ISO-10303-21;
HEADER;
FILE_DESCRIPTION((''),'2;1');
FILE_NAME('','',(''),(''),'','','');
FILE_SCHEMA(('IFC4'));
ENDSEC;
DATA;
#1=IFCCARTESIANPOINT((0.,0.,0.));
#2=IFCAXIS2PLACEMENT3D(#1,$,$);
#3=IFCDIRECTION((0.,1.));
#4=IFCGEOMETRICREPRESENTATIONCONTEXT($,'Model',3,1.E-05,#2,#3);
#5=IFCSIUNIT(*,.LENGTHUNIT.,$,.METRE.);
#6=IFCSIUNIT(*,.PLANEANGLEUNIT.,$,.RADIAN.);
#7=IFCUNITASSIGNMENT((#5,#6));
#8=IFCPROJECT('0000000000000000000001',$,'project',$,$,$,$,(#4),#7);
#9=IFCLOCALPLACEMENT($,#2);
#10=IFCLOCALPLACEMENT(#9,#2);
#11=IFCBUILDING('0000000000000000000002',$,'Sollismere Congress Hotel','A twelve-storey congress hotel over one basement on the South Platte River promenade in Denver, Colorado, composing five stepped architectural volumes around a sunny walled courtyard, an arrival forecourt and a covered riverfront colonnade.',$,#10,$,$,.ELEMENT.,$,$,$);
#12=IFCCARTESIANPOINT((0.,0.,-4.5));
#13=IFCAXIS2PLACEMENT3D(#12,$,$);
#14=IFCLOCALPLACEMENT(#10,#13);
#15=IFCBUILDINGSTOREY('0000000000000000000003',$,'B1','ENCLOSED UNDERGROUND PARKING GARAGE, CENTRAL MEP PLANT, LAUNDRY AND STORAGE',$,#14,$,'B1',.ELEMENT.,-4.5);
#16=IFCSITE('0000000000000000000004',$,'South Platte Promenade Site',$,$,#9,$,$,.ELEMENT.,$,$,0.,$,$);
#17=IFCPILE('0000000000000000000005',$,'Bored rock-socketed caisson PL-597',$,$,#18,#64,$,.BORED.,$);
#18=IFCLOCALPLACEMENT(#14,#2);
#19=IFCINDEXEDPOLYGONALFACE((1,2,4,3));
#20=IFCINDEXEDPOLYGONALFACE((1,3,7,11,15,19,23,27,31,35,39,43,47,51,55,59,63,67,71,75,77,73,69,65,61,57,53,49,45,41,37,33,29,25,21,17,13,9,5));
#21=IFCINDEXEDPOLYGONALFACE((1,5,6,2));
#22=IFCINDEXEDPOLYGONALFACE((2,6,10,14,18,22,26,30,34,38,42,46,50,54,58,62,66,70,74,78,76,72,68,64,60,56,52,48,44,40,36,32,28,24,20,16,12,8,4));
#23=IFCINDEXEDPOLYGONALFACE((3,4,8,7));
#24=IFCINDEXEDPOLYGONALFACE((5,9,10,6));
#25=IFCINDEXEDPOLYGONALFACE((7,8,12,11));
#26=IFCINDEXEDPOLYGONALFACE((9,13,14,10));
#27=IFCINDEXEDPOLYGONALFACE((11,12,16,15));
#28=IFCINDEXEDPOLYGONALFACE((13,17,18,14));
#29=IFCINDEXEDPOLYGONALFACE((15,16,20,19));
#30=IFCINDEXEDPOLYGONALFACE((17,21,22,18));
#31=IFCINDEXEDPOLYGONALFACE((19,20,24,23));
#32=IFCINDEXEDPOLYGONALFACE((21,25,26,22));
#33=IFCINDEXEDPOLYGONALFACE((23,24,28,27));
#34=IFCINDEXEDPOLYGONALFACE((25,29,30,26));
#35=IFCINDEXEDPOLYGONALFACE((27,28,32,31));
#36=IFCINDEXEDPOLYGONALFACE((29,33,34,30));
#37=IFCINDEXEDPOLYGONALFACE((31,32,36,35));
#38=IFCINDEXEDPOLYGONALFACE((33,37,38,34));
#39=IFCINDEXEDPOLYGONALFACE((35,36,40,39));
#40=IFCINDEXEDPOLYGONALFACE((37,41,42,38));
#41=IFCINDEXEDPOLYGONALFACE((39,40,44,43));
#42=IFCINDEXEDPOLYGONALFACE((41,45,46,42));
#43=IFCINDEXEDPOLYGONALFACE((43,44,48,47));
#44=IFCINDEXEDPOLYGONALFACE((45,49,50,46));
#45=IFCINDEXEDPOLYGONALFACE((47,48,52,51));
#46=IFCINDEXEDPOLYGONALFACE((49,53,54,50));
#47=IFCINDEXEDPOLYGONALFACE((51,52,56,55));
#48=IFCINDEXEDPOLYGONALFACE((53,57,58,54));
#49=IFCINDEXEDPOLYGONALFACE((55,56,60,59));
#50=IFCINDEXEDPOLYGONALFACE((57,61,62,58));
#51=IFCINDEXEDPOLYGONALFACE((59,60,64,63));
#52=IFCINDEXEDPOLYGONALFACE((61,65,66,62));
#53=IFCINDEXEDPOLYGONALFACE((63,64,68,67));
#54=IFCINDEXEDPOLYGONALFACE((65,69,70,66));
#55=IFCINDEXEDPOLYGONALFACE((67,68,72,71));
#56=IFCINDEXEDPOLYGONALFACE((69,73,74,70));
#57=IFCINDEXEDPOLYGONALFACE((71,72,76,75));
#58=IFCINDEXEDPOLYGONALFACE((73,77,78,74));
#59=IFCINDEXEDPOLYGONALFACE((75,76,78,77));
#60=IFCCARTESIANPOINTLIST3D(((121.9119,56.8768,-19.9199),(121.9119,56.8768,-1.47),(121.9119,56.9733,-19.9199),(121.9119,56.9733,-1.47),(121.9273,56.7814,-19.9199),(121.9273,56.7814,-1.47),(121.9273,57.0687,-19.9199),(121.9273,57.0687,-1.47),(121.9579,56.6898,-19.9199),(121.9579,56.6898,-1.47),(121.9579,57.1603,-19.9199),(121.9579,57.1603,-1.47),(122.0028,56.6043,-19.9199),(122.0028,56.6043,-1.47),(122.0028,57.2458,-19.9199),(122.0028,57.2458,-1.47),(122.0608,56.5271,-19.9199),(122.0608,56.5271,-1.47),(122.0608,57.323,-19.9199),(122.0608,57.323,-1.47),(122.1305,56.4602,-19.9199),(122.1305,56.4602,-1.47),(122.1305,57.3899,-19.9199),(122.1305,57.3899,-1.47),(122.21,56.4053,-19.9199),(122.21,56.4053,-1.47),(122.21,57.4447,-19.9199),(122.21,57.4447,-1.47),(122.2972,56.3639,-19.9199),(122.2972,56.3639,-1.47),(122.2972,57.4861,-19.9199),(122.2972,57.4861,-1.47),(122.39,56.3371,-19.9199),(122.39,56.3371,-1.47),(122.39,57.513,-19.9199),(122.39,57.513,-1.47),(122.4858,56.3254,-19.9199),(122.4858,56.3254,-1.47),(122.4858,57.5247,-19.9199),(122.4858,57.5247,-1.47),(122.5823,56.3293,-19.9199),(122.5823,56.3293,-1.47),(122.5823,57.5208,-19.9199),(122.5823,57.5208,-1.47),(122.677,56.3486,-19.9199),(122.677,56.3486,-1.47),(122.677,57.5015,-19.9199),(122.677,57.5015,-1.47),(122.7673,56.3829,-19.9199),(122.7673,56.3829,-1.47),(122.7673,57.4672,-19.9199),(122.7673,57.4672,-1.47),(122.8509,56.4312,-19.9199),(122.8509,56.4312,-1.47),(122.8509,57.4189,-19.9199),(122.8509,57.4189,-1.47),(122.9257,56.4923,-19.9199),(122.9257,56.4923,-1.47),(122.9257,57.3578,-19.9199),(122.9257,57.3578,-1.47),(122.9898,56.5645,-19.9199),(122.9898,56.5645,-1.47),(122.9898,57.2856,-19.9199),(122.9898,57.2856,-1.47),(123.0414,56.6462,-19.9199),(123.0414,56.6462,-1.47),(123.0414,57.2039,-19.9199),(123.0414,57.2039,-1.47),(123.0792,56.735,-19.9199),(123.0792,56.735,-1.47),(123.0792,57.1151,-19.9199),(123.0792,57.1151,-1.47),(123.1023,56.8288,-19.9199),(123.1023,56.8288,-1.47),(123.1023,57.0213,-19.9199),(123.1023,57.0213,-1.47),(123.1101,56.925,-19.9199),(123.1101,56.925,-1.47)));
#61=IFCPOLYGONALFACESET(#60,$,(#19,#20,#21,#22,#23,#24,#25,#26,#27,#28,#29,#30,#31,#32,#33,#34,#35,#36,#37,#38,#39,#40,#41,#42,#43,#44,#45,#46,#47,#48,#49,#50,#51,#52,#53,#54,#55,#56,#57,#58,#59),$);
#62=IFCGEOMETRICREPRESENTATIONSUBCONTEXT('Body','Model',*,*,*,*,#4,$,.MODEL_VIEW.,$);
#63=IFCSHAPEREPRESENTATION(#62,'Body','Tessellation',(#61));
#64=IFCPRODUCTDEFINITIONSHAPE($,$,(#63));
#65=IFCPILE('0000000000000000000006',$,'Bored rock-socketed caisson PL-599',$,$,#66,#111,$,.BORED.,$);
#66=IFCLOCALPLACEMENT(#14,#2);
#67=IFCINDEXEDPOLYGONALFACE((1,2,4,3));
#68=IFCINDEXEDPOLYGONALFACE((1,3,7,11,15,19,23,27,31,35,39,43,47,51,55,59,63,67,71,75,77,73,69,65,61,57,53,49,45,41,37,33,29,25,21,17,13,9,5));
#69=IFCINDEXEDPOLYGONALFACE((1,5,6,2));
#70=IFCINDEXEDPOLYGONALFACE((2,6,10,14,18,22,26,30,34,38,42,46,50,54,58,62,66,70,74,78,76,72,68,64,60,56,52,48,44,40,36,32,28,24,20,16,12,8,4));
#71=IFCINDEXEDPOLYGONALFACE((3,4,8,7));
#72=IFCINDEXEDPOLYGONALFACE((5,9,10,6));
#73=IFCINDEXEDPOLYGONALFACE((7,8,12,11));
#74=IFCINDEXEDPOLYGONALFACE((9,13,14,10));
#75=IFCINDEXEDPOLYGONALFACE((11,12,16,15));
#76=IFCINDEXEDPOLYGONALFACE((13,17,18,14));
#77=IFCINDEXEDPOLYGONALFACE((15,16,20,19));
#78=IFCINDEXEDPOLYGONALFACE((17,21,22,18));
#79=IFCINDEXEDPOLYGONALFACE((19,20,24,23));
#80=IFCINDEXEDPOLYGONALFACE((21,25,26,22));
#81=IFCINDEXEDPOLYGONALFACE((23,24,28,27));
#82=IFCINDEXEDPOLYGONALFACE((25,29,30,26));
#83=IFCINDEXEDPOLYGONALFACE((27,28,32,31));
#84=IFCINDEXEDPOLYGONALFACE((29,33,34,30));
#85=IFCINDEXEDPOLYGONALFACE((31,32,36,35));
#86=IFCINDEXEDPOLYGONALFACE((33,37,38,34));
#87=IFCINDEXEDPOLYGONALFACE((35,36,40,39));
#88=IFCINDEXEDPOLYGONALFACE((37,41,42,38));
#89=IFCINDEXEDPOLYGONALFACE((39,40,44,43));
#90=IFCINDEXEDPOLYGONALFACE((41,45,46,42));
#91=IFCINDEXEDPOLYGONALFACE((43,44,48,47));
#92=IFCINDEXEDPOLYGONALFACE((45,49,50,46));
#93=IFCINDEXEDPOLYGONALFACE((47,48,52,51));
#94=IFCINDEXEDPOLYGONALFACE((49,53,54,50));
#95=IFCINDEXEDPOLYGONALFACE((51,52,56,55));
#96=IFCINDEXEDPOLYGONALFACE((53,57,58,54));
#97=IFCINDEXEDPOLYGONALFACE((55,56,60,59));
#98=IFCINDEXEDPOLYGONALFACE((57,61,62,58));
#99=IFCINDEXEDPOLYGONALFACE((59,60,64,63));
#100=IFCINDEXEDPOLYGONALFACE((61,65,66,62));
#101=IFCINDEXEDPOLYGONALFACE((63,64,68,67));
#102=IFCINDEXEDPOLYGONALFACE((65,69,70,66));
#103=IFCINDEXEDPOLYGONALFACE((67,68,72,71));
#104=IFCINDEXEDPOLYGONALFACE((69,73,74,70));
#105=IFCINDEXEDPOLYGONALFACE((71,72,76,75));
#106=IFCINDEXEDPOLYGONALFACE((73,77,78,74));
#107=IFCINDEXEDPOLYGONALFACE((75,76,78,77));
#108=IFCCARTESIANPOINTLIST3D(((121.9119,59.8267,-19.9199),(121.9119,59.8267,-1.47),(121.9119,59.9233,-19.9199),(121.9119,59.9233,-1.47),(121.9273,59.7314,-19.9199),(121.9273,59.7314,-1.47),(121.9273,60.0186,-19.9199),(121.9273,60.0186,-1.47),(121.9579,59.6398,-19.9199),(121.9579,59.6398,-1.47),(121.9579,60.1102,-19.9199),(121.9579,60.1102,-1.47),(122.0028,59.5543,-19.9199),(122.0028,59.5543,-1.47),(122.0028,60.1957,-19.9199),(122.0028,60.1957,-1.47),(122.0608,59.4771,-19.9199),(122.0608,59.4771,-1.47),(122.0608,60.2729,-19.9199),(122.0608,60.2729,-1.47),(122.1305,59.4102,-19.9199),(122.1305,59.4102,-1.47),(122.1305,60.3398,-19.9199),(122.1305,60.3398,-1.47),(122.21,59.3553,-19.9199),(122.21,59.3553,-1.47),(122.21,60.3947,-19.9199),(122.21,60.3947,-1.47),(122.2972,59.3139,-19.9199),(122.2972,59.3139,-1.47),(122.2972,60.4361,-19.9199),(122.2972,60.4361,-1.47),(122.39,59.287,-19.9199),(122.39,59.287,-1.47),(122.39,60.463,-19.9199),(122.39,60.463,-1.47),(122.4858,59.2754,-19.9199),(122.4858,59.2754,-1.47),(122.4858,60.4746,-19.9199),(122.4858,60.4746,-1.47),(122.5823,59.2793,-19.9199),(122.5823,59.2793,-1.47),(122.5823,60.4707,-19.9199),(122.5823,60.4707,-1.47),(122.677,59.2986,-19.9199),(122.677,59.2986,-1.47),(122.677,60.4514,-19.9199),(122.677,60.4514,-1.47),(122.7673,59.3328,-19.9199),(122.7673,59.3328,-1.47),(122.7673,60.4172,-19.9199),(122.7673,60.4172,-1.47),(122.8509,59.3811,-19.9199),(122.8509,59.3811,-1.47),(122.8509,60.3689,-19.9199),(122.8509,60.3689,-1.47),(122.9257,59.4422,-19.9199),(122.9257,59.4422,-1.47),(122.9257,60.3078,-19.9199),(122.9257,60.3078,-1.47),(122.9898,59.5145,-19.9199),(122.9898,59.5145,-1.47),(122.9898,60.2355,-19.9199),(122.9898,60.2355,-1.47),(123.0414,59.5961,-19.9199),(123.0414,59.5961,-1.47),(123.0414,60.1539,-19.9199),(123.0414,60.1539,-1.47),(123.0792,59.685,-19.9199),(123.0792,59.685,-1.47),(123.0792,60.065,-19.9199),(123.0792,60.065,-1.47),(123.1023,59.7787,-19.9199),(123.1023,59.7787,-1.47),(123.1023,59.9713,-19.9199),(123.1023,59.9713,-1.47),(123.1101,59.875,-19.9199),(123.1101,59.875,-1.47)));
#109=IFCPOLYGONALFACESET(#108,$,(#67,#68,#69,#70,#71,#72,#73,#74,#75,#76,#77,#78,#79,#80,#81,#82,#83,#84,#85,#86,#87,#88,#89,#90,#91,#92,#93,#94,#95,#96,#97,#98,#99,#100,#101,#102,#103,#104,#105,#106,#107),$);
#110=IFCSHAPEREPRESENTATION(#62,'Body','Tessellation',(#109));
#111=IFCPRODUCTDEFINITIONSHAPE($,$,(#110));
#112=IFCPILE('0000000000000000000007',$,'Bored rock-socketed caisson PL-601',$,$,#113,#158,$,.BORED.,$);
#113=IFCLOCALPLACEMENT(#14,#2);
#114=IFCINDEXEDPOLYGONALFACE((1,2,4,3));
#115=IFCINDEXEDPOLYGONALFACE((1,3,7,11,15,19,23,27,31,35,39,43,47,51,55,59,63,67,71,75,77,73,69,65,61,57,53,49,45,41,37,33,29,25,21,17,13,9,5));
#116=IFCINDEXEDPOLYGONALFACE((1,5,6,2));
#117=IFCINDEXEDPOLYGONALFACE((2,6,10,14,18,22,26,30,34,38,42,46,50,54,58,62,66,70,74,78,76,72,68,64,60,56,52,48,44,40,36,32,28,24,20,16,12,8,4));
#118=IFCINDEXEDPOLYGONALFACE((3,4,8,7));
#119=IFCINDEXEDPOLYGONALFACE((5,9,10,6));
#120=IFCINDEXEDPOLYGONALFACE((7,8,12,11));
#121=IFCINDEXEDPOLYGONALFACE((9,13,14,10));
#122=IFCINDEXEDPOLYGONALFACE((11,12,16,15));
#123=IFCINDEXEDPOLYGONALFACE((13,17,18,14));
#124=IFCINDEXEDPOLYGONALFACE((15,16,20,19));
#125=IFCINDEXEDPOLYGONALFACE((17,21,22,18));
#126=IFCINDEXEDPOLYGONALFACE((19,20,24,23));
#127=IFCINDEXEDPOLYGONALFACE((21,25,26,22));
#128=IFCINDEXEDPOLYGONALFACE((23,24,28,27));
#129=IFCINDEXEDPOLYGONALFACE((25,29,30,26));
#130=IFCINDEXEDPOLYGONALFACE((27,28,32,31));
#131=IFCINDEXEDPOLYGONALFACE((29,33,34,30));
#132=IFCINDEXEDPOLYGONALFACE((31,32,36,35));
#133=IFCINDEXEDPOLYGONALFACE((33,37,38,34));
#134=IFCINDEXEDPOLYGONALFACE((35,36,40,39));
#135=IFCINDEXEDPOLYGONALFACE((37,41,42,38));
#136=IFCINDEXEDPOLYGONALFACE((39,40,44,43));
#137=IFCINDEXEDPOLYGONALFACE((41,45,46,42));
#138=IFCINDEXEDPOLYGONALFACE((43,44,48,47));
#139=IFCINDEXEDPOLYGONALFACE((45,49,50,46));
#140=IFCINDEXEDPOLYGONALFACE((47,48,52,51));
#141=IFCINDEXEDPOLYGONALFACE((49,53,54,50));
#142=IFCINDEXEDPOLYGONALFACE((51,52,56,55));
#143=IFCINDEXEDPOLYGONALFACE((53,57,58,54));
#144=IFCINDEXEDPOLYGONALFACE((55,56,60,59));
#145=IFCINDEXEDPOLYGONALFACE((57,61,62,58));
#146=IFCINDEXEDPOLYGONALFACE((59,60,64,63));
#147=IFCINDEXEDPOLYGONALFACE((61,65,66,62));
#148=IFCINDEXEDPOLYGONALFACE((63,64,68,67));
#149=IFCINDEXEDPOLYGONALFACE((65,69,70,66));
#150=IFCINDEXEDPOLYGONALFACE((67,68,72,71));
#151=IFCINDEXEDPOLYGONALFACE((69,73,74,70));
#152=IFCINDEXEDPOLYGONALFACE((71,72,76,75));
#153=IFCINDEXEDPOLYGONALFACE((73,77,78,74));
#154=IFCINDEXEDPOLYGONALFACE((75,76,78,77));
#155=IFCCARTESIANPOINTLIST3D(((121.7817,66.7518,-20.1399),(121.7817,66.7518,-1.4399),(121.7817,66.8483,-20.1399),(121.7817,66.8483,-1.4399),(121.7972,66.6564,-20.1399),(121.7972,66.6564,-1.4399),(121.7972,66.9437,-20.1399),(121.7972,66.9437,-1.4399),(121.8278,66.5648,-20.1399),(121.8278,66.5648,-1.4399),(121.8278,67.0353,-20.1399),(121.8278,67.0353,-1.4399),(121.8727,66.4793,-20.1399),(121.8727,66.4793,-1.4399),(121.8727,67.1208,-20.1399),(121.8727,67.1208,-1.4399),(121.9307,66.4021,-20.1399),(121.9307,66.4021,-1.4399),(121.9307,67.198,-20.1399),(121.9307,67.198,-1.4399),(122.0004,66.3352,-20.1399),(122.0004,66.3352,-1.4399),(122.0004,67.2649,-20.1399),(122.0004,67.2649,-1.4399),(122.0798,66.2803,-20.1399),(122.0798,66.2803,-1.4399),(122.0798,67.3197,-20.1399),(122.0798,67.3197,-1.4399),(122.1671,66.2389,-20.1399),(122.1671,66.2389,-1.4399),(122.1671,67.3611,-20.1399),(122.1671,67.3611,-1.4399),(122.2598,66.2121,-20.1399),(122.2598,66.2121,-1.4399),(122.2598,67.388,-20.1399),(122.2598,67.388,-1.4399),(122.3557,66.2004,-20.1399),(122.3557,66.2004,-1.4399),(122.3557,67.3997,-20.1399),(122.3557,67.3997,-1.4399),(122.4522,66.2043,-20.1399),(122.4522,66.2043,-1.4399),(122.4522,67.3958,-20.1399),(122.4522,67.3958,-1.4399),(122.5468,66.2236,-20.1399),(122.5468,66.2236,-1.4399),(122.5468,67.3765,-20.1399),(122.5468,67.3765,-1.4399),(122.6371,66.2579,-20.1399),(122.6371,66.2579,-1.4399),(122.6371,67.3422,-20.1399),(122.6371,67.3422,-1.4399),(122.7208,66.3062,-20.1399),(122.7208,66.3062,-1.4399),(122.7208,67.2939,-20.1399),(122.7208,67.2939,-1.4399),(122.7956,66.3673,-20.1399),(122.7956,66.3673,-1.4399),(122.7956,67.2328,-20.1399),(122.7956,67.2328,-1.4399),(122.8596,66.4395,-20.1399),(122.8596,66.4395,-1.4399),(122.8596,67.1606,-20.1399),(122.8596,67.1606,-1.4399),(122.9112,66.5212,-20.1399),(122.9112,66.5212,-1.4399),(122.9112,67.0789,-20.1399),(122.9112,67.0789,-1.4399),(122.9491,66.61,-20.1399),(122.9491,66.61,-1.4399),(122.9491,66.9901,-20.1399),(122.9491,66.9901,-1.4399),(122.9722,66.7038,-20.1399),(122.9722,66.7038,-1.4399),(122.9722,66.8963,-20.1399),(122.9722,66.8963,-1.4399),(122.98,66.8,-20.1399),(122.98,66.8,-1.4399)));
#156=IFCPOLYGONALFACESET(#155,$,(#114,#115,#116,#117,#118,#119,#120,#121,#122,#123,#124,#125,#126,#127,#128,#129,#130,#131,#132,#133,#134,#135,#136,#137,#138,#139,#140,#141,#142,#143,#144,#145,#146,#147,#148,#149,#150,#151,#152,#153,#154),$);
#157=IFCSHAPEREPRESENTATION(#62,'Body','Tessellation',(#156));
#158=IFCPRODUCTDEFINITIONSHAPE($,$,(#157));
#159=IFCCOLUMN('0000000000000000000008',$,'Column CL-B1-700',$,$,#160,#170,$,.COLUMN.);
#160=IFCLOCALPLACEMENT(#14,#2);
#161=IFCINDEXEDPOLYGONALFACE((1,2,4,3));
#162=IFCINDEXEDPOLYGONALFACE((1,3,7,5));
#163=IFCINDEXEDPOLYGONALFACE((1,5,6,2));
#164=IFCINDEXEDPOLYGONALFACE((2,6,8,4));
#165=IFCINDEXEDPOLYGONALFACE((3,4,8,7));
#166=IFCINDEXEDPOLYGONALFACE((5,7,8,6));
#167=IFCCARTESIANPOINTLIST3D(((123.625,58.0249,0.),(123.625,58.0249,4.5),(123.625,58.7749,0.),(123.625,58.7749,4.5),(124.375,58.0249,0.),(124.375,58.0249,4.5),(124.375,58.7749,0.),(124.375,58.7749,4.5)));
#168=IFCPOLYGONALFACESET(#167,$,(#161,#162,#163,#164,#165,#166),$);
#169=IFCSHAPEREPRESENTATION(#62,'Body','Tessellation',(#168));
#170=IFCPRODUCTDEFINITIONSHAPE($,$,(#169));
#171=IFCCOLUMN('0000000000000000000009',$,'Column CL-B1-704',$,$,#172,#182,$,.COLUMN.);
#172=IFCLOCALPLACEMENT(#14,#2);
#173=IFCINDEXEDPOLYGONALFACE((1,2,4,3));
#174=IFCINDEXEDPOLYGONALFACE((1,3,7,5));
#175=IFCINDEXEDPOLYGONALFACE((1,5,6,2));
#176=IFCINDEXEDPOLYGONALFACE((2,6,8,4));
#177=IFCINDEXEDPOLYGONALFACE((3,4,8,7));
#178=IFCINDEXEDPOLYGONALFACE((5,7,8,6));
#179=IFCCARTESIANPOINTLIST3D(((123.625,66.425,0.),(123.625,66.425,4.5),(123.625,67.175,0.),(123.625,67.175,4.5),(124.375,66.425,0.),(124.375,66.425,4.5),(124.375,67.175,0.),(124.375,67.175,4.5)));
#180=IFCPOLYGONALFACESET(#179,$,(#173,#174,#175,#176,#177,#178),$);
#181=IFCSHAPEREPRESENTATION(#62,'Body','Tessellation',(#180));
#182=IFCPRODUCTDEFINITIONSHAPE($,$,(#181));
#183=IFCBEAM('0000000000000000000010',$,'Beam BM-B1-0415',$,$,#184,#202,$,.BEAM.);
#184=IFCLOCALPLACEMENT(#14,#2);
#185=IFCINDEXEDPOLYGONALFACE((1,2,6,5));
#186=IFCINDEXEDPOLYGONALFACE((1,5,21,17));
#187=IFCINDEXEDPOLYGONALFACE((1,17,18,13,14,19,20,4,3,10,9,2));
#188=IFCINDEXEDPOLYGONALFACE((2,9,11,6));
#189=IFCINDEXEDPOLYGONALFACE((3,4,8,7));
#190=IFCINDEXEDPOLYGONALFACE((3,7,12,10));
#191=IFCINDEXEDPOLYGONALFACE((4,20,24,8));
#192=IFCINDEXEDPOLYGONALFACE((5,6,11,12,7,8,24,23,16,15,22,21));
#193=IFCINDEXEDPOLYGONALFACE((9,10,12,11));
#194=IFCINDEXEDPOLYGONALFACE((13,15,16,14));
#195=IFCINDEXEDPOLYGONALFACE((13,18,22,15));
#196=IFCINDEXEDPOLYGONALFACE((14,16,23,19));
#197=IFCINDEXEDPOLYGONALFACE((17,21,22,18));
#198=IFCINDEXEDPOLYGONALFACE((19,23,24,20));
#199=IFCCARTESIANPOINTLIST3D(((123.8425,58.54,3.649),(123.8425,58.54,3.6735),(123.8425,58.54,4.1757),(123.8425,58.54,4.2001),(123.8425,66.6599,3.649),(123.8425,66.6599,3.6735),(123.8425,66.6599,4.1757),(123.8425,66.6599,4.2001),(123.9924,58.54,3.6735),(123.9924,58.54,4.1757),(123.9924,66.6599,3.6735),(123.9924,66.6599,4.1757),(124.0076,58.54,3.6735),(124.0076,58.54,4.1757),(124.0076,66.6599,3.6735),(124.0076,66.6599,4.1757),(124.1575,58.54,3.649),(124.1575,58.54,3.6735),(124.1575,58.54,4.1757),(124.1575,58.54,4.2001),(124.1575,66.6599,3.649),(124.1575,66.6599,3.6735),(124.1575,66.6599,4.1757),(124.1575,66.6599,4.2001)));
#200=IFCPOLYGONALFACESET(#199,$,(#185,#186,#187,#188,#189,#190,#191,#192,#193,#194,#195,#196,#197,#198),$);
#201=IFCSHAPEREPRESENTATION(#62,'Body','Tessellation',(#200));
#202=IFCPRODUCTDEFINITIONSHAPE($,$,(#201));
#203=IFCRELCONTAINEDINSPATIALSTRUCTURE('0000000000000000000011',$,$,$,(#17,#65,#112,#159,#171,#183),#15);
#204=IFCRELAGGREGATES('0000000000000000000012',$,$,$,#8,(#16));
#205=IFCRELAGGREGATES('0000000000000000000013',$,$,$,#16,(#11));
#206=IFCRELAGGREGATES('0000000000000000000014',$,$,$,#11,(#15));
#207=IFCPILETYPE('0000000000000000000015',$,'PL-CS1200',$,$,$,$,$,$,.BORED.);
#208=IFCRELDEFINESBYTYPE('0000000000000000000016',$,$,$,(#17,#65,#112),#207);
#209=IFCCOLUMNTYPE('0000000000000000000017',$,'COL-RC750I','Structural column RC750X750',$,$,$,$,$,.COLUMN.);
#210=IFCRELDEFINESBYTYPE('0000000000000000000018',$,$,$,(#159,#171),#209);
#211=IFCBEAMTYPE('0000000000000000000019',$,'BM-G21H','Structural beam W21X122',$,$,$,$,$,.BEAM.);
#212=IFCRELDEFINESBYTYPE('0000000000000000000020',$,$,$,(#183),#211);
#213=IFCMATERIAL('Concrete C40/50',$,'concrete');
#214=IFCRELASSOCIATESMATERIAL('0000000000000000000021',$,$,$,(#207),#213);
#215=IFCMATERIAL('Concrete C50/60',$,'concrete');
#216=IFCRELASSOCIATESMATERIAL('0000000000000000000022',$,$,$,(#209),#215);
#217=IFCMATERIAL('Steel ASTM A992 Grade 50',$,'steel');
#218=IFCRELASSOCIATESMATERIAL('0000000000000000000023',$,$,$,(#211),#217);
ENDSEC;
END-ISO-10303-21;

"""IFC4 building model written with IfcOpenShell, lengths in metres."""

from ifc_helpers import new_model, si_unit, direction, frame, origin, origin_2d, place, context, subcontext, project, spatial, rectangle, circle, i_section, extrude, material, material_profile, profile_set, type_object, element, save


model = new_model("IFC4")

# Units and contexts
model_context = context("Model", 3, precision=1e-05, world=origin(), true_north=direction((0.0, 1.0)))
body_context = subcontext(model_context, "Body", "Model", "MODEL_VIEW")
ifc_project = project(units=[si_unit("LENGTHUNIT", "METRE"), si_unit("PLANEANGLEUNIT", "RADIAN")], contexts=[model_context])

# Site, building, storey
site_placement = place(None, origin())
site = spatial("IfcSite", under=ifc_project, at=site_placement, Name="South Platte Promenade Site", CompositionType="ELEMENT", RefElevation=0.0)
building_placement = place(site_placement, origin())
building = spatial("IfcBuilding", under=site, at=building_placement, Name="Sollismere Congress Hotel", Description="A twelve-storey congress hotel over one basement on the South Platte River promenade in Denver, Colorado, composing five stepped architectural volumes around a sunny walled courtyard, an arrival forecourt and a covered riverfront colonnade.", CompositionType="ELEMENT")
storey_placement = place(building_placement, frame((0.0, 0.0, -4.5)))
storey = spatial("IfcBuildingStorey", under=building, at=storey_placement, Name="B1", Description="ENCLOSED UNDERGROUND PARKING GARAGE, CENTRAL MEP PLANT, LAUNDRY AND STORAGE", LongName="B1", CompositionType="ELEMENT", Elevation=-4.5)

# Shared definitions
ifc_material_1 = material(Name="Concrete C40/50", Category="concrete")

# Piles
ifc_material_profile_1 = material_profile(ifc_material_1, circle(Radius=0.6001, at=origin_2d()), Name="CAISSON1200")
ifc_profile_set_1 = profile_set([ifc_material_profile_1], Name="Concrete C40/50")
pile_type = type_object("IfcPileType", Name="PL-CS1200", PredefinedType="BORED", material=ifc_profile_set_1)
for number, where, z_axis, x_axis, name in (
    (1, (122.51, 56.925, -1.47), (0.0, 0.0, -1.0), (1.0, 0.0, 0.0), "Bored rock-socketed caisson PL-597"),
    (2, (122.51, 59.875, -1.47), (0.0, 0.0, -1.0), (1.0, 0.0, 0.0), "Bored rock-socketed caisson PL-599"),
):
    element("IfcPile", number, at=place(storey_placement, frame(where, z_axis=z_axis, x_axis=x_axis)), inside=storey, type_object=pile_type, Name=name, PredefinedType="BORED", context=body_context, shape_type="SweptSolid", body=[
        extrude(circle(Radius=0.6001, at=origin_2d()), origin(), (0.0, 0.0, 1.0), 18.45),
    ])
pile_1_placement = place(storey_placement, frame((122.3799, 66.8, -1.4399), z_axis=(0.0, 0.0, -1.0), x_axis=(1.0, 0.0, 0.0)))
element("IfcPile", 3, at=pile_1_placement, inside=storey, type_object=pile_type, Name="Bored rock-socketed caisson PL-601", PredefinedType="BORED", context=body_context, shape_type="SweptSolid", body=[
    extrude(circle(Radius=0.6001, at=origin_2d()), origin(), (0.0, 0.0, 1.0), 18.7),
])

# Columns
ifc_material_2 = material(Name="Concrete C50/60", Category="concrete")
ifc_material_profile_2 = material_profile(ifc_material_2, rectangle(XDim=0.75, YDim=0.75, at=origin_2d()), Name="RC750X750")
ifc_profile_set_2 = profile_set([ifc_material_profile_2], Name="Concrete C50/60")
column_type = type_object("IfcColumnType", Name="COL-RC750I", Description="Structural column RC750X750", PredefinedType="COLUMN", material=ifc_profile_set_2)
for number, where, z_axis, x_axis, name in (
    (4, (124.0, 58.3999, 0.0), (0.0, 0.0, 1.0), (1.0, 0.0, 0.0), "Column CL-B1-700"),
    (5, (124.0, 66.8, 0.0), (0.0, 0.0, 1.0), (0.0, 1.0, 0.0), "Column CL-B1-704"),
):
    element("IfcColumn", number, at=place(storey_placement, frame(where, z_axis=z_axis, x_axis=x_axis)), inside=storey, type_object=column_type, Name=name, PredefinedType="COLUMN", context=body_context, shape_type="SweptSolid", body=[
        extrude(rectangle(XDim=0.75, YDim=0.75, at=origin_2d()), origin(), (0.0, 0.0, 1.0), 4.5),
    ])

# Beam
ifc_material_3 = material(Name="Steel ASTM A992 Grade 50", Category="steel")
ifc_material_profile_3 = material_profile(ifc_material_3, i_section(OverallWidth=0.3149, OverallDepth=0.551, WebThickness=0.0151, FlangeThickness=0.0244, at=origin_2d()), Name="W21X122")
ifc_profile_set_3 = profile_set([ifc_material_profile_3], Name="Steel ASTM A992 Grade 50")
beam_type_1 = type_object("IfcBeamType", Name="BM-G21H", Description="Structural beam W21X122", PredefinedType="BEAM", material=ifc_profile_set_3)
beam_placement = place(storey_placement, frame((124.0, 58.54, 3.9246), z_axis=(0.0, 1.0, 0.0), x_axis=(-1.0, 0.0, 0.0)))
element("IfcBeam", 6, at=beam_placement, inside=storey, type_object=beam_type_1, Name="Beam BM-B1-0415", PredefinedType="BEAM", context=body_context, shape_type="SweptSolid", body=[
    extrude(i_section(OverallWidth=0.3149, OverallDepth=0.551, WebThickness=0.0151, FlangeThickness=0.0244, at=origin_2d()), origin(), (0.0, 0.0, 1.0), 8.1199),
])

save(model, "model.ifc")
